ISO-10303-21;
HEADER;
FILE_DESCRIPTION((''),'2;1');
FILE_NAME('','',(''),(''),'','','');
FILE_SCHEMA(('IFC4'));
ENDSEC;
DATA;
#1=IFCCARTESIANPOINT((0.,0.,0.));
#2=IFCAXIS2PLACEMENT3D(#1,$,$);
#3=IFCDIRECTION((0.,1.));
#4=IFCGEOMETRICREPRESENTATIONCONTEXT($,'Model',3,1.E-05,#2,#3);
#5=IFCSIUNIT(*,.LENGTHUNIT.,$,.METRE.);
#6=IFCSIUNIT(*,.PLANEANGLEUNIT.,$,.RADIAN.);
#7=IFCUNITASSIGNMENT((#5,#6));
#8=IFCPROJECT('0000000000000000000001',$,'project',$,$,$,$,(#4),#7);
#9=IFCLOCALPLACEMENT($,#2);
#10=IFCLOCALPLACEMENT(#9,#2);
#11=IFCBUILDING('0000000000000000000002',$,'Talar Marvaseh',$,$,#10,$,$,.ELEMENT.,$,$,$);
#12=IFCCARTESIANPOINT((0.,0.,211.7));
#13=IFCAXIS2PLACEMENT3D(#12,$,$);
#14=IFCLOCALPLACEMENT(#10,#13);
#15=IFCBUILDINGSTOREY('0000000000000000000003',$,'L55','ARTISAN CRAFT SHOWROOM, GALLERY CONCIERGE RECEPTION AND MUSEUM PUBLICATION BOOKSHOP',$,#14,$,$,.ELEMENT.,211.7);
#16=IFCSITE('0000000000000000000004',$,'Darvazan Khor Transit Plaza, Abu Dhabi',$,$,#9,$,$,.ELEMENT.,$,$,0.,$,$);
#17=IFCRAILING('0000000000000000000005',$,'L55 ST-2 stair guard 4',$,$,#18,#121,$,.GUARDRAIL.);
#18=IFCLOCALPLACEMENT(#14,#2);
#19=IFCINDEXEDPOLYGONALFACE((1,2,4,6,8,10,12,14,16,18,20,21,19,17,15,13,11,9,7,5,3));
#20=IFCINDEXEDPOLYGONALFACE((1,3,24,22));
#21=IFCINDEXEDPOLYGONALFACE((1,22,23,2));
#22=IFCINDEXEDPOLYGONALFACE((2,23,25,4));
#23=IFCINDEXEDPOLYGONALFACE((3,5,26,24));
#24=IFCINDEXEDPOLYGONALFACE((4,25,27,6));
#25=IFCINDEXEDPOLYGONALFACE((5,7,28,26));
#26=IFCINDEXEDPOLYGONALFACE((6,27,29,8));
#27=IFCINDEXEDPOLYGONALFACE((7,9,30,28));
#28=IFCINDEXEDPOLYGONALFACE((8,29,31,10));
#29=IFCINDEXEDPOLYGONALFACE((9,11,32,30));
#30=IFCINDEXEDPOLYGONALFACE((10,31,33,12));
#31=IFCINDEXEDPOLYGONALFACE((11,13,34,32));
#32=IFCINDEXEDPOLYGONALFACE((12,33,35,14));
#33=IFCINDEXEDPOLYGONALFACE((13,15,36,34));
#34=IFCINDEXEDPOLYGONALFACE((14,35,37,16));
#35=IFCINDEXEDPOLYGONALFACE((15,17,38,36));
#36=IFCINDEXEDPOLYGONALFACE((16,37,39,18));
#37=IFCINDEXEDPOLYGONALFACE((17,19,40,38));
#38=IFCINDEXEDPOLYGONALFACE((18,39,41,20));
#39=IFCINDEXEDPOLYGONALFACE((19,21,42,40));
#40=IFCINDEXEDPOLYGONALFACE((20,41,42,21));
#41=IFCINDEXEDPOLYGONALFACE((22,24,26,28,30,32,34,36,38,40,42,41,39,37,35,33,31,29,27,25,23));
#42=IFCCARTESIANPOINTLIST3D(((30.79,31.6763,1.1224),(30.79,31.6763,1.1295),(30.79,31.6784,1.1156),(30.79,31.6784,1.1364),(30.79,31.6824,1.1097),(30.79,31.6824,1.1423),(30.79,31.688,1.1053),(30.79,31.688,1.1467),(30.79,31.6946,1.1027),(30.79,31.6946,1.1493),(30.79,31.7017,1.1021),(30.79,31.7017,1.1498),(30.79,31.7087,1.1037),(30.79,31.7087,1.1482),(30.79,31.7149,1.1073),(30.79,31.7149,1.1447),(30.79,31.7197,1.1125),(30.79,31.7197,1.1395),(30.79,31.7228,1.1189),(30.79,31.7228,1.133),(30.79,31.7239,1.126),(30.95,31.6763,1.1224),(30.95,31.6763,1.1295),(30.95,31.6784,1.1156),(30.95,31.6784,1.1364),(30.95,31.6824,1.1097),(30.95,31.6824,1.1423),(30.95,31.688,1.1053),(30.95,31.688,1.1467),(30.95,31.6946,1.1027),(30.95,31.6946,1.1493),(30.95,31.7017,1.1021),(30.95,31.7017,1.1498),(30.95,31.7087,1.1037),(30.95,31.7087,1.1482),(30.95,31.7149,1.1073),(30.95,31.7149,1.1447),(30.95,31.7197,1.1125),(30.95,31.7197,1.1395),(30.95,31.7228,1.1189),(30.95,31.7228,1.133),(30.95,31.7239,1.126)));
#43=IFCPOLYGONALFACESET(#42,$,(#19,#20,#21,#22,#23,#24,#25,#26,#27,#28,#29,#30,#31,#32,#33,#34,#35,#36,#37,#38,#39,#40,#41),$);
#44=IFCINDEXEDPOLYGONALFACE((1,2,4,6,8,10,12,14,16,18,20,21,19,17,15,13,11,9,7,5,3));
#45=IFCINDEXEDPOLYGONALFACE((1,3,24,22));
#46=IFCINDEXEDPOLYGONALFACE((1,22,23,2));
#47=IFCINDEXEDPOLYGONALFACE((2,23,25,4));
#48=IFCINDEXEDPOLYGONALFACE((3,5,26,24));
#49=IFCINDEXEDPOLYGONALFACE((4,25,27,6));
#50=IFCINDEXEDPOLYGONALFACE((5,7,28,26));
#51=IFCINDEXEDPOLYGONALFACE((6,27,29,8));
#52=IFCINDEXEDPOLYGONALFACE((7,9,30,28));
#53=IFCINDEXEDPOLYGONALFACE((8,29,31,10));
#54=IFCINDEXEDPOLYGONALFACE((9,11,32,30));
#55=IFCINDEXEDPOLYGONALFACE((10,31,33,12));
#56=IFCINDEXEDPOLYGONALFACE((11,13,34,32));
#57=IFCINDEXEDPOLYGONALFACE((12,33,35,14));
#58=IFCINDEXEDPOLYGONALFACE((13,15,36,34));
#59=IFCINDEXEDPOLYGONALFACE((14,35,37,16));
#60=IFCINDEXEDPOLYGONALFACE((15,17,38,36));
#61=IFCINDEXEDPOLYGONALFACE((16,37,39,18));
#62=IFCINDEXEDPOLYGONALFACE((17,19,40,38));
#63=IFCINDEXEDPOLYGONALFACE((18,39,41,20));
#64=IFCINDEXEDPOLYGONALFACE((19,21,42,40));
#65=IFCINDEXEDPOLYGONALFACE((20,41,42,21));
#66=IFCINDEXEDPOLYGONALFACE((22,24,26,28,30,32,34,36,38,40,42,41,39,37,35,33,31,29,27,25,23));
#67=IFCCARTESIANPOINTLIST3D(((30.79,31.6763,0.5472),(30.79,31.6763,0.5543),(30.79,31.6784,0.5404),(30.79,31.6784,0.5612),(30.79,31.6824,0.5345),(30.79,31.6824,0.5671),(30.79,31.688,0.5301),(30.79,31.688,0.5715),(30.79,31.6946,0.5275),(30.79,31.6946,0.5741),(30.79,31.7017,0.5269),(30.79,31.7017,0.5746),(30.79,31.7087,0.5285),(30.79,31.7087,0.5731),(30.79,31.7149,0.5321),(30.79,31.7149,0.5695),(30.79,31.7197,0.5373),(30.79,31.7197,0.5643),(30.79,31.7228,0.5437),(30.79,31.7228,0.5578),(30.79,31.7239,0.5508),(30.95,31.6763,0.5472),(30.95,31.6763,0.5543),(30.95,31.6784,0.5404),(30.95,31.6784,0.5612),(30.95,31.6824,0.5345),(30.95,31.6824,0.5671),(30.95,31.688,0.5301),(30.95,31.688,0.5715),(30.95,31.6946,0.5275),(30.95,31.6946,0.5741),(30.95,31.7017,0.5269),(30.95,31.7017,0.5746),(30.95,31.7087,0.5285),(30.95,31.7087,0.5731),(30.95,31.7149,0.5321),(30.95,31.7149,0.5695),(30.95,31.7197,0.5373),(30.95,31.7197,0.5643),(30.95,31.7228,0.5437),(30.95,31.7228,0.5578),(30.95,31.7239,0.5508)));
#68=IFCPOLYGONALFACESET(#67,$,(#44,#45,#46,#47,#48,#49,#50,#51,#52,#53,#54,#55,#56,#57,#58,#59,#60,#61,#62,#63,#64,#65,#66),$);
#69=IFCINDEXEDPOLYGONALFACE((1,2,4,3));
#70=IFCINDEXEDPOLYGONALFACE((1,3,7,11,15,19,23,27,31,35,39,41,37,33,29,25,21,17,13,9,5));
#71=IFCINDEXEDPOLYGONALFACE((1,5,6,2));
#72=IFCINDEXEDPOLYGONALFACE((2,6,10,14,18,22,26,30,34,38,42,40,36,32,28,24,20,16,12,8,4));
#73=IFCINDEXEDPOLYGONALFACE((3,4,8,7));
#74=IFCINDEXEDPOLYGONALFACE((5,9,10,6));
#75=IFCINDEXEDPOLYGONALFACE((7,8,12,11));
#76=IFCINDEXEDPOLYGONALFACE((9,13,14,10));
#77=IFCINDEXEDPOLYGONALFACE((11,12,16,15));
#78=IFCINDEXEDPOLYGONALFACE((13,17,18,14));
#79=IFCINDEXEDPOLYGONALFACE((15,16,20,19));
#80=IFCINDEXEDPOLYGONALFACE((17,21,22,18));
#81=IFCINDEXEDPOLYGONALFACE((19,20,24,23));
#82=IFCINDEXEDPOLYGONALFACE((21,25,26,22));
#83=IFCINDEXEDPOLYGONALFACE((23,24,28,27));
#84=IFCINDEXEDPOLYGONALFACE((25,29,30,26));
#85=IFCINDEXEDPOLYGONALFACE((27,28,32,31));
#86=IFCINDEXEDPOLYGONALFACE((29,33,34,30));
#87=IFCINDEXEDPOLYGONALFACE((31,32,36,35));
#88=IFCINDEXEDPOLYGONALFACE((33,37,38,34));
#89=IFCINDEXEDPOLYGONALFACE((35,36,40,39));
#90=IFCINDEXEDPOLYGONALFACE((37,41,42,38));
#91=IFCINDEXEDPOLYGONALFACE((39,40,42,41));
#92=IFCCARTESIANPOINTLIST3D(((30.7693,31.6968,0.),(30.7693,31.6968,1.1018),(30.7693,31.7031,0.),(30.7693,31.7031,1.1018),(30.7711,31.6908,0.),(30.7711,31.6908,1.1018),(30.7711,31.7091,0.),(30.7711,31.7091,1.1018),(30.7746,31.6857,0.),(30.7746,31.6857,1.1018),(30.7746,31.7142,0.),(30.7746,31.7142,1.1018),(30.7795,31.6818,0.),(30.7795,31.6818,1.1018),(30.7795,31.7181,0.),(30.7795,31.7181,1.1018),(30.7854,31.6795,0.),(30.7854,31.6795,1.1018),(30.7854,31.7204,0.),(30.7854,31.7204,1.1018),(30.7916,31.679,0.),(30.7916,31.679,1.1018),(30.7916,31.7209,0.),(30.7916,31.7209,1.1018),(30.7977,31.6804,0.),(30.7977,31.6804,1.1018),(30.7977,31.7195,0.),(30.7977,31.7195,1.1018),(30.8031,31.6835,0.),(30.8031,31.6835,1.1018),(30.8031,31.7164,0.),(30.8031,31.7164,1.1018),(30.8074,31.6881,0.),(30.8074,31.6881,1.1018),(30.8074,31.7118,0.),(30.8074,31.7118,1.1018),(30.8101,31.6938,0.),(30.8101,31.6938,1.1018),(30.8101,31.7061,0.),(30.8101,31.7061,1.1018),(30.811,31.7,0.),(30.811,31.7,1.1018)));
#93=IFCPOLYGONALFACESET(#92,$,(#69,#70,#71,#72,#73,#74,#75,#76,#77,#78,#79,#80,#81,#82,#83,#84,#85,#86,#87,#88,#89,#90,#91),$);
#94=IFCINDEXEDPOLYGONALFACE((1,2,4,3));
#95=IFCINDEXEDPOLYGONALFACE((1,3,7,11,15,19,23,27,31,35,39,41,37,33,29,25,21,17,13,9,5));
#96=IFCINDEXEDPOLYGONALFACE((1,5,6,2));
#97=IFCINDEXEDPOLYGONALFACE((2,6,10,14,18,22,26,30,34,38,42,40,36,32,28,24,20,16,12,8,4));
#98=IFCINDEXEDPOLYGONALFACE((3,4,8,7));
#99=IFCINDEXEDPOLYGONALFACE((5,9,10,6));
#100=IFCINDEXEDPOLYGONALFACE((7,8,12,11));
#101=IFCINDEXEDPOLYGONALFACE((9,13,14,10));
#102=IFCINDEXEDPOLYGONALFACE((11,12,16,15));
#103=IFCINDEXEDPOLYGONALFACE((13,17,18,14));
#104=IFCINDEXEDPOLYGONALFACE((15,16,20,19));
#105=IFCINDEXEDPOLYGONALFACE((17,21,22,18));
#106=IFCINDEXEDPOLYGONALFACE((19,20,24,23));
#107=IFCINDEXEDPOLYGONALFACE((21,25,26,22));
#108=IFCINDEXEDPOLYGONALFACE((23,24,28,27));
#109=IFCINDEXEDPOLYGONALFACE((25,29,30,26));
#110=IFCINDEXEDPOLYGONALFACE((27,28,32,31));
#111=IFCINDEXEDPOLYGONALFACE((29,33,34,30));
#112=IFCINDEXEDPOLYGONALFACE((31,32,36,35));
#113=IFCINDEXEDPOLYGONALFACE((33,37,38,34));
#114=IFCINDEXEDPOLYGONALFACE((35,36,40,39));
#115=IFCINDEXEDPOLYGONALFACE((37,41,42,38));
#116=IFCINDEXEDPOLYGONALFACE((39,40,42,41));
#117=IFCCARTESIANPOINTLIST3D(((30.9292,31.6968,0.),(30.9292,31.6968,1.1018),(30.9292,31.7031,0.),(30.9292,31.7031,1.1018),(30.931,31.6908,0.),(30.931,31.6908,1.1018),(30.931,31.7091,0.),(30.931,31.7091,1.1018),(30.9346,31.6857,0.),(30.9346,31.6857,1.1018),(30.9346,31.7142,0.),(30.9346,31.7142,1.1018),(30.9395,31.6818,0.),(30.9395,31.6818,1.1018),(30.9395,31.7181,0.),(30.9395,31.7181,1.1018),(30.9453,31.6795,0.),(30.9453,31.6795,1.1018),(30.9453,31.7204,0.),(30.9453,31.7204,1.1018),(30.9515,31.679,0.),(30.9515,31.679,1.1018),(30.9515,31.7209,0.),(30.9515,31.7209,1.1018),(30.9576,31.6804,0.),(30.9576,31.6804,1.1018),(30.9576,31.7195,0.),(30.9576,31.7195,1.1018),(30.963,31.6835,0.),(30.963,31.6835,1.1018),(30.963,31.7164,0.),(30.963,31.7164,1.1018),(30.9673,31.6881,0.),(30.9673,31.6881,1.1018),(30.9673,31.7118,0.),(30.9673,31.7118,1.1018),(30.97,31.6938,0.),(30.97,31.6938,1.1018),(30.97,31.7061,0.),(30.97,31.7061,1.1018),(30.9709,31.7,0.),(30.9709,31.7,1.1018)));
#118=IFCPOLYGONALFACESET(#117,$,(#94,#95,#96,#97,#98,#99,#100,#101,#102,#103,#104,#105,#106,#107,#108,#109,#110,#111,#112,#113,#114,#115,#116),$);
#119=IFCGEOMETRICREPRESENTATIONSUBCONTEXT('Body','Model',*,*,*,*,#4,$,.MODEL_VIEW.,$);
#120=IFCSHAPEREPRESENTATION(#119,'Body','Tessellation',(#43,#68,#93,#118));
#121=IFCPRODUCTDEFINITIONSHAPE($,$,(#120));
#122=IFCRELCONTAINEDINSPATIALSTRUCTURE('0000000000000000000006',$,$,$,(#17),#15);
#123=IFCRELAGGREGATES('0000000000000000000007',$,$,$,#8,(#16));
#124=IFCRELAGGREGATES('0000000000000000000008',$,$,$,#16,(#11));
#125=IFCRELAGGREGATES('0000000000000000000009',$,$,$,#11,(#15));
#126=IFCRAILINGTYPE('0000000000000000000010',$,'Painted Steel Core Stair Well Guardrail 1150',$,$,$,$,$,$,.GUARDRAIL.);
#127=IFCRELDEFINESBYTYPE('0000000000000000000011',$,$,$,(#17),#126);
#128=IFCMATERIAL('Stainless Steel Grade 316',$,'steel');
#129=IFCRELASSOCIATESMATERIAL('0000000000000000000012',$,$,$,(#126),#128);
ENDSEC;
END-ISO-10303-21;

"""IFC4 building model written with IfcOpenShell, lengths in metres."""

from ifc_helpers import new_model, si_unit, direction, frame, origin, origin_2d, place, context, subcontext, project, spatial, circle, extrude, material, type_object, element, save


model = new_model("IFC4")

# Units and contexts
model_context = context("Model", 3, precision=1e-05, world=origin(), true_north=direction((0.0, 1.0)))
body_context = subcontext(model_context, "Body", "Model", "MODEL_VIEW")
ifc_project = project(units=[si_unit("LENGTHUNIT", "METRE"), si_unit("PLANEANGLEUNIT", "RADIAN")], contexts=[model_context])

# Site, building, storey
site_placement = place(None, origin())
site = spatial("IfcSite", under=ifc_project, at=site_placement, Name="Darvazan Khor Transit Plaza, Abu Dhabi", CompositionType="ELEMENT", RefElevation=0.0)
building_placement = place(site_placement, origin())
building = spatial("IfcBuilding", under=site, at=building_placement, Name="Talar Marvaseh", CompositionType="ELEMENT")
storey_placement = place(building_placement, frame((0.0, 0.0, 211.7)))
storey = spatial("IfcBuildingStorey", under=building, at=storey_placement, Name="L55", Description="ARTISAN CRAFT SHOWROOM, GALLERY CONCIERGE RECEPTION AND MUSEUM PUBLICATION BOOKSHOP", CompositionType="ELEMENT", Elevation=211.7)

# Shared definitions
ifc_material_1 = material(Name="Stainless Steel Grade 316", Category="steel")

# Railing
railing_type_1 = type_object("IfcRailingType", Name="Painted Steel Core Stair Well Guardrail 1150", PredefinedType="GUARDRAIL", material=ifc_material_1)
railing_1_placement = place(storey_placement, frame((30.79, 31.7, 0.0)))
element("IfcRailing", 1, at=railing_1_placement, inside=storey, type_object=railing_type_1, Name="L55 ST-2 stair guard 4", PredefinedType="GUARDRAIL", context=body_context, shape_type="SweptSolid", body=[
    extrude(circle(Radius=0.0239, at=origin_2d()), frame((0.0, 0.0, 1.126), z_axis=(1.0, 0.0, 0.0), x_axis=(0.0, 1.0, 0.0)), (0.0, 0.0, 1.0), 0.1599),
    extrude(circle(Radius=0.0239, at=origin_2d()), frame((0.0, 0.0, 0.5508), z_axis=(1.0, 0.0, 0.0), x_axis=(0.0, 1.0, 0.0)), (0.0, 0.0, 1.0), 0.1599),
    extrude(circle(Radius=0.021, at=origin_2d()), origin(), (0.0, 0.0, 1.0), 1.1018),
    extrude(circle(Radius=0.021, at=origin_2d()), frame((0.1599, 0.0, 0.0)), (0.0, 0.0, 1.0), 1.1018),
])

save(model, "model.ifc")
